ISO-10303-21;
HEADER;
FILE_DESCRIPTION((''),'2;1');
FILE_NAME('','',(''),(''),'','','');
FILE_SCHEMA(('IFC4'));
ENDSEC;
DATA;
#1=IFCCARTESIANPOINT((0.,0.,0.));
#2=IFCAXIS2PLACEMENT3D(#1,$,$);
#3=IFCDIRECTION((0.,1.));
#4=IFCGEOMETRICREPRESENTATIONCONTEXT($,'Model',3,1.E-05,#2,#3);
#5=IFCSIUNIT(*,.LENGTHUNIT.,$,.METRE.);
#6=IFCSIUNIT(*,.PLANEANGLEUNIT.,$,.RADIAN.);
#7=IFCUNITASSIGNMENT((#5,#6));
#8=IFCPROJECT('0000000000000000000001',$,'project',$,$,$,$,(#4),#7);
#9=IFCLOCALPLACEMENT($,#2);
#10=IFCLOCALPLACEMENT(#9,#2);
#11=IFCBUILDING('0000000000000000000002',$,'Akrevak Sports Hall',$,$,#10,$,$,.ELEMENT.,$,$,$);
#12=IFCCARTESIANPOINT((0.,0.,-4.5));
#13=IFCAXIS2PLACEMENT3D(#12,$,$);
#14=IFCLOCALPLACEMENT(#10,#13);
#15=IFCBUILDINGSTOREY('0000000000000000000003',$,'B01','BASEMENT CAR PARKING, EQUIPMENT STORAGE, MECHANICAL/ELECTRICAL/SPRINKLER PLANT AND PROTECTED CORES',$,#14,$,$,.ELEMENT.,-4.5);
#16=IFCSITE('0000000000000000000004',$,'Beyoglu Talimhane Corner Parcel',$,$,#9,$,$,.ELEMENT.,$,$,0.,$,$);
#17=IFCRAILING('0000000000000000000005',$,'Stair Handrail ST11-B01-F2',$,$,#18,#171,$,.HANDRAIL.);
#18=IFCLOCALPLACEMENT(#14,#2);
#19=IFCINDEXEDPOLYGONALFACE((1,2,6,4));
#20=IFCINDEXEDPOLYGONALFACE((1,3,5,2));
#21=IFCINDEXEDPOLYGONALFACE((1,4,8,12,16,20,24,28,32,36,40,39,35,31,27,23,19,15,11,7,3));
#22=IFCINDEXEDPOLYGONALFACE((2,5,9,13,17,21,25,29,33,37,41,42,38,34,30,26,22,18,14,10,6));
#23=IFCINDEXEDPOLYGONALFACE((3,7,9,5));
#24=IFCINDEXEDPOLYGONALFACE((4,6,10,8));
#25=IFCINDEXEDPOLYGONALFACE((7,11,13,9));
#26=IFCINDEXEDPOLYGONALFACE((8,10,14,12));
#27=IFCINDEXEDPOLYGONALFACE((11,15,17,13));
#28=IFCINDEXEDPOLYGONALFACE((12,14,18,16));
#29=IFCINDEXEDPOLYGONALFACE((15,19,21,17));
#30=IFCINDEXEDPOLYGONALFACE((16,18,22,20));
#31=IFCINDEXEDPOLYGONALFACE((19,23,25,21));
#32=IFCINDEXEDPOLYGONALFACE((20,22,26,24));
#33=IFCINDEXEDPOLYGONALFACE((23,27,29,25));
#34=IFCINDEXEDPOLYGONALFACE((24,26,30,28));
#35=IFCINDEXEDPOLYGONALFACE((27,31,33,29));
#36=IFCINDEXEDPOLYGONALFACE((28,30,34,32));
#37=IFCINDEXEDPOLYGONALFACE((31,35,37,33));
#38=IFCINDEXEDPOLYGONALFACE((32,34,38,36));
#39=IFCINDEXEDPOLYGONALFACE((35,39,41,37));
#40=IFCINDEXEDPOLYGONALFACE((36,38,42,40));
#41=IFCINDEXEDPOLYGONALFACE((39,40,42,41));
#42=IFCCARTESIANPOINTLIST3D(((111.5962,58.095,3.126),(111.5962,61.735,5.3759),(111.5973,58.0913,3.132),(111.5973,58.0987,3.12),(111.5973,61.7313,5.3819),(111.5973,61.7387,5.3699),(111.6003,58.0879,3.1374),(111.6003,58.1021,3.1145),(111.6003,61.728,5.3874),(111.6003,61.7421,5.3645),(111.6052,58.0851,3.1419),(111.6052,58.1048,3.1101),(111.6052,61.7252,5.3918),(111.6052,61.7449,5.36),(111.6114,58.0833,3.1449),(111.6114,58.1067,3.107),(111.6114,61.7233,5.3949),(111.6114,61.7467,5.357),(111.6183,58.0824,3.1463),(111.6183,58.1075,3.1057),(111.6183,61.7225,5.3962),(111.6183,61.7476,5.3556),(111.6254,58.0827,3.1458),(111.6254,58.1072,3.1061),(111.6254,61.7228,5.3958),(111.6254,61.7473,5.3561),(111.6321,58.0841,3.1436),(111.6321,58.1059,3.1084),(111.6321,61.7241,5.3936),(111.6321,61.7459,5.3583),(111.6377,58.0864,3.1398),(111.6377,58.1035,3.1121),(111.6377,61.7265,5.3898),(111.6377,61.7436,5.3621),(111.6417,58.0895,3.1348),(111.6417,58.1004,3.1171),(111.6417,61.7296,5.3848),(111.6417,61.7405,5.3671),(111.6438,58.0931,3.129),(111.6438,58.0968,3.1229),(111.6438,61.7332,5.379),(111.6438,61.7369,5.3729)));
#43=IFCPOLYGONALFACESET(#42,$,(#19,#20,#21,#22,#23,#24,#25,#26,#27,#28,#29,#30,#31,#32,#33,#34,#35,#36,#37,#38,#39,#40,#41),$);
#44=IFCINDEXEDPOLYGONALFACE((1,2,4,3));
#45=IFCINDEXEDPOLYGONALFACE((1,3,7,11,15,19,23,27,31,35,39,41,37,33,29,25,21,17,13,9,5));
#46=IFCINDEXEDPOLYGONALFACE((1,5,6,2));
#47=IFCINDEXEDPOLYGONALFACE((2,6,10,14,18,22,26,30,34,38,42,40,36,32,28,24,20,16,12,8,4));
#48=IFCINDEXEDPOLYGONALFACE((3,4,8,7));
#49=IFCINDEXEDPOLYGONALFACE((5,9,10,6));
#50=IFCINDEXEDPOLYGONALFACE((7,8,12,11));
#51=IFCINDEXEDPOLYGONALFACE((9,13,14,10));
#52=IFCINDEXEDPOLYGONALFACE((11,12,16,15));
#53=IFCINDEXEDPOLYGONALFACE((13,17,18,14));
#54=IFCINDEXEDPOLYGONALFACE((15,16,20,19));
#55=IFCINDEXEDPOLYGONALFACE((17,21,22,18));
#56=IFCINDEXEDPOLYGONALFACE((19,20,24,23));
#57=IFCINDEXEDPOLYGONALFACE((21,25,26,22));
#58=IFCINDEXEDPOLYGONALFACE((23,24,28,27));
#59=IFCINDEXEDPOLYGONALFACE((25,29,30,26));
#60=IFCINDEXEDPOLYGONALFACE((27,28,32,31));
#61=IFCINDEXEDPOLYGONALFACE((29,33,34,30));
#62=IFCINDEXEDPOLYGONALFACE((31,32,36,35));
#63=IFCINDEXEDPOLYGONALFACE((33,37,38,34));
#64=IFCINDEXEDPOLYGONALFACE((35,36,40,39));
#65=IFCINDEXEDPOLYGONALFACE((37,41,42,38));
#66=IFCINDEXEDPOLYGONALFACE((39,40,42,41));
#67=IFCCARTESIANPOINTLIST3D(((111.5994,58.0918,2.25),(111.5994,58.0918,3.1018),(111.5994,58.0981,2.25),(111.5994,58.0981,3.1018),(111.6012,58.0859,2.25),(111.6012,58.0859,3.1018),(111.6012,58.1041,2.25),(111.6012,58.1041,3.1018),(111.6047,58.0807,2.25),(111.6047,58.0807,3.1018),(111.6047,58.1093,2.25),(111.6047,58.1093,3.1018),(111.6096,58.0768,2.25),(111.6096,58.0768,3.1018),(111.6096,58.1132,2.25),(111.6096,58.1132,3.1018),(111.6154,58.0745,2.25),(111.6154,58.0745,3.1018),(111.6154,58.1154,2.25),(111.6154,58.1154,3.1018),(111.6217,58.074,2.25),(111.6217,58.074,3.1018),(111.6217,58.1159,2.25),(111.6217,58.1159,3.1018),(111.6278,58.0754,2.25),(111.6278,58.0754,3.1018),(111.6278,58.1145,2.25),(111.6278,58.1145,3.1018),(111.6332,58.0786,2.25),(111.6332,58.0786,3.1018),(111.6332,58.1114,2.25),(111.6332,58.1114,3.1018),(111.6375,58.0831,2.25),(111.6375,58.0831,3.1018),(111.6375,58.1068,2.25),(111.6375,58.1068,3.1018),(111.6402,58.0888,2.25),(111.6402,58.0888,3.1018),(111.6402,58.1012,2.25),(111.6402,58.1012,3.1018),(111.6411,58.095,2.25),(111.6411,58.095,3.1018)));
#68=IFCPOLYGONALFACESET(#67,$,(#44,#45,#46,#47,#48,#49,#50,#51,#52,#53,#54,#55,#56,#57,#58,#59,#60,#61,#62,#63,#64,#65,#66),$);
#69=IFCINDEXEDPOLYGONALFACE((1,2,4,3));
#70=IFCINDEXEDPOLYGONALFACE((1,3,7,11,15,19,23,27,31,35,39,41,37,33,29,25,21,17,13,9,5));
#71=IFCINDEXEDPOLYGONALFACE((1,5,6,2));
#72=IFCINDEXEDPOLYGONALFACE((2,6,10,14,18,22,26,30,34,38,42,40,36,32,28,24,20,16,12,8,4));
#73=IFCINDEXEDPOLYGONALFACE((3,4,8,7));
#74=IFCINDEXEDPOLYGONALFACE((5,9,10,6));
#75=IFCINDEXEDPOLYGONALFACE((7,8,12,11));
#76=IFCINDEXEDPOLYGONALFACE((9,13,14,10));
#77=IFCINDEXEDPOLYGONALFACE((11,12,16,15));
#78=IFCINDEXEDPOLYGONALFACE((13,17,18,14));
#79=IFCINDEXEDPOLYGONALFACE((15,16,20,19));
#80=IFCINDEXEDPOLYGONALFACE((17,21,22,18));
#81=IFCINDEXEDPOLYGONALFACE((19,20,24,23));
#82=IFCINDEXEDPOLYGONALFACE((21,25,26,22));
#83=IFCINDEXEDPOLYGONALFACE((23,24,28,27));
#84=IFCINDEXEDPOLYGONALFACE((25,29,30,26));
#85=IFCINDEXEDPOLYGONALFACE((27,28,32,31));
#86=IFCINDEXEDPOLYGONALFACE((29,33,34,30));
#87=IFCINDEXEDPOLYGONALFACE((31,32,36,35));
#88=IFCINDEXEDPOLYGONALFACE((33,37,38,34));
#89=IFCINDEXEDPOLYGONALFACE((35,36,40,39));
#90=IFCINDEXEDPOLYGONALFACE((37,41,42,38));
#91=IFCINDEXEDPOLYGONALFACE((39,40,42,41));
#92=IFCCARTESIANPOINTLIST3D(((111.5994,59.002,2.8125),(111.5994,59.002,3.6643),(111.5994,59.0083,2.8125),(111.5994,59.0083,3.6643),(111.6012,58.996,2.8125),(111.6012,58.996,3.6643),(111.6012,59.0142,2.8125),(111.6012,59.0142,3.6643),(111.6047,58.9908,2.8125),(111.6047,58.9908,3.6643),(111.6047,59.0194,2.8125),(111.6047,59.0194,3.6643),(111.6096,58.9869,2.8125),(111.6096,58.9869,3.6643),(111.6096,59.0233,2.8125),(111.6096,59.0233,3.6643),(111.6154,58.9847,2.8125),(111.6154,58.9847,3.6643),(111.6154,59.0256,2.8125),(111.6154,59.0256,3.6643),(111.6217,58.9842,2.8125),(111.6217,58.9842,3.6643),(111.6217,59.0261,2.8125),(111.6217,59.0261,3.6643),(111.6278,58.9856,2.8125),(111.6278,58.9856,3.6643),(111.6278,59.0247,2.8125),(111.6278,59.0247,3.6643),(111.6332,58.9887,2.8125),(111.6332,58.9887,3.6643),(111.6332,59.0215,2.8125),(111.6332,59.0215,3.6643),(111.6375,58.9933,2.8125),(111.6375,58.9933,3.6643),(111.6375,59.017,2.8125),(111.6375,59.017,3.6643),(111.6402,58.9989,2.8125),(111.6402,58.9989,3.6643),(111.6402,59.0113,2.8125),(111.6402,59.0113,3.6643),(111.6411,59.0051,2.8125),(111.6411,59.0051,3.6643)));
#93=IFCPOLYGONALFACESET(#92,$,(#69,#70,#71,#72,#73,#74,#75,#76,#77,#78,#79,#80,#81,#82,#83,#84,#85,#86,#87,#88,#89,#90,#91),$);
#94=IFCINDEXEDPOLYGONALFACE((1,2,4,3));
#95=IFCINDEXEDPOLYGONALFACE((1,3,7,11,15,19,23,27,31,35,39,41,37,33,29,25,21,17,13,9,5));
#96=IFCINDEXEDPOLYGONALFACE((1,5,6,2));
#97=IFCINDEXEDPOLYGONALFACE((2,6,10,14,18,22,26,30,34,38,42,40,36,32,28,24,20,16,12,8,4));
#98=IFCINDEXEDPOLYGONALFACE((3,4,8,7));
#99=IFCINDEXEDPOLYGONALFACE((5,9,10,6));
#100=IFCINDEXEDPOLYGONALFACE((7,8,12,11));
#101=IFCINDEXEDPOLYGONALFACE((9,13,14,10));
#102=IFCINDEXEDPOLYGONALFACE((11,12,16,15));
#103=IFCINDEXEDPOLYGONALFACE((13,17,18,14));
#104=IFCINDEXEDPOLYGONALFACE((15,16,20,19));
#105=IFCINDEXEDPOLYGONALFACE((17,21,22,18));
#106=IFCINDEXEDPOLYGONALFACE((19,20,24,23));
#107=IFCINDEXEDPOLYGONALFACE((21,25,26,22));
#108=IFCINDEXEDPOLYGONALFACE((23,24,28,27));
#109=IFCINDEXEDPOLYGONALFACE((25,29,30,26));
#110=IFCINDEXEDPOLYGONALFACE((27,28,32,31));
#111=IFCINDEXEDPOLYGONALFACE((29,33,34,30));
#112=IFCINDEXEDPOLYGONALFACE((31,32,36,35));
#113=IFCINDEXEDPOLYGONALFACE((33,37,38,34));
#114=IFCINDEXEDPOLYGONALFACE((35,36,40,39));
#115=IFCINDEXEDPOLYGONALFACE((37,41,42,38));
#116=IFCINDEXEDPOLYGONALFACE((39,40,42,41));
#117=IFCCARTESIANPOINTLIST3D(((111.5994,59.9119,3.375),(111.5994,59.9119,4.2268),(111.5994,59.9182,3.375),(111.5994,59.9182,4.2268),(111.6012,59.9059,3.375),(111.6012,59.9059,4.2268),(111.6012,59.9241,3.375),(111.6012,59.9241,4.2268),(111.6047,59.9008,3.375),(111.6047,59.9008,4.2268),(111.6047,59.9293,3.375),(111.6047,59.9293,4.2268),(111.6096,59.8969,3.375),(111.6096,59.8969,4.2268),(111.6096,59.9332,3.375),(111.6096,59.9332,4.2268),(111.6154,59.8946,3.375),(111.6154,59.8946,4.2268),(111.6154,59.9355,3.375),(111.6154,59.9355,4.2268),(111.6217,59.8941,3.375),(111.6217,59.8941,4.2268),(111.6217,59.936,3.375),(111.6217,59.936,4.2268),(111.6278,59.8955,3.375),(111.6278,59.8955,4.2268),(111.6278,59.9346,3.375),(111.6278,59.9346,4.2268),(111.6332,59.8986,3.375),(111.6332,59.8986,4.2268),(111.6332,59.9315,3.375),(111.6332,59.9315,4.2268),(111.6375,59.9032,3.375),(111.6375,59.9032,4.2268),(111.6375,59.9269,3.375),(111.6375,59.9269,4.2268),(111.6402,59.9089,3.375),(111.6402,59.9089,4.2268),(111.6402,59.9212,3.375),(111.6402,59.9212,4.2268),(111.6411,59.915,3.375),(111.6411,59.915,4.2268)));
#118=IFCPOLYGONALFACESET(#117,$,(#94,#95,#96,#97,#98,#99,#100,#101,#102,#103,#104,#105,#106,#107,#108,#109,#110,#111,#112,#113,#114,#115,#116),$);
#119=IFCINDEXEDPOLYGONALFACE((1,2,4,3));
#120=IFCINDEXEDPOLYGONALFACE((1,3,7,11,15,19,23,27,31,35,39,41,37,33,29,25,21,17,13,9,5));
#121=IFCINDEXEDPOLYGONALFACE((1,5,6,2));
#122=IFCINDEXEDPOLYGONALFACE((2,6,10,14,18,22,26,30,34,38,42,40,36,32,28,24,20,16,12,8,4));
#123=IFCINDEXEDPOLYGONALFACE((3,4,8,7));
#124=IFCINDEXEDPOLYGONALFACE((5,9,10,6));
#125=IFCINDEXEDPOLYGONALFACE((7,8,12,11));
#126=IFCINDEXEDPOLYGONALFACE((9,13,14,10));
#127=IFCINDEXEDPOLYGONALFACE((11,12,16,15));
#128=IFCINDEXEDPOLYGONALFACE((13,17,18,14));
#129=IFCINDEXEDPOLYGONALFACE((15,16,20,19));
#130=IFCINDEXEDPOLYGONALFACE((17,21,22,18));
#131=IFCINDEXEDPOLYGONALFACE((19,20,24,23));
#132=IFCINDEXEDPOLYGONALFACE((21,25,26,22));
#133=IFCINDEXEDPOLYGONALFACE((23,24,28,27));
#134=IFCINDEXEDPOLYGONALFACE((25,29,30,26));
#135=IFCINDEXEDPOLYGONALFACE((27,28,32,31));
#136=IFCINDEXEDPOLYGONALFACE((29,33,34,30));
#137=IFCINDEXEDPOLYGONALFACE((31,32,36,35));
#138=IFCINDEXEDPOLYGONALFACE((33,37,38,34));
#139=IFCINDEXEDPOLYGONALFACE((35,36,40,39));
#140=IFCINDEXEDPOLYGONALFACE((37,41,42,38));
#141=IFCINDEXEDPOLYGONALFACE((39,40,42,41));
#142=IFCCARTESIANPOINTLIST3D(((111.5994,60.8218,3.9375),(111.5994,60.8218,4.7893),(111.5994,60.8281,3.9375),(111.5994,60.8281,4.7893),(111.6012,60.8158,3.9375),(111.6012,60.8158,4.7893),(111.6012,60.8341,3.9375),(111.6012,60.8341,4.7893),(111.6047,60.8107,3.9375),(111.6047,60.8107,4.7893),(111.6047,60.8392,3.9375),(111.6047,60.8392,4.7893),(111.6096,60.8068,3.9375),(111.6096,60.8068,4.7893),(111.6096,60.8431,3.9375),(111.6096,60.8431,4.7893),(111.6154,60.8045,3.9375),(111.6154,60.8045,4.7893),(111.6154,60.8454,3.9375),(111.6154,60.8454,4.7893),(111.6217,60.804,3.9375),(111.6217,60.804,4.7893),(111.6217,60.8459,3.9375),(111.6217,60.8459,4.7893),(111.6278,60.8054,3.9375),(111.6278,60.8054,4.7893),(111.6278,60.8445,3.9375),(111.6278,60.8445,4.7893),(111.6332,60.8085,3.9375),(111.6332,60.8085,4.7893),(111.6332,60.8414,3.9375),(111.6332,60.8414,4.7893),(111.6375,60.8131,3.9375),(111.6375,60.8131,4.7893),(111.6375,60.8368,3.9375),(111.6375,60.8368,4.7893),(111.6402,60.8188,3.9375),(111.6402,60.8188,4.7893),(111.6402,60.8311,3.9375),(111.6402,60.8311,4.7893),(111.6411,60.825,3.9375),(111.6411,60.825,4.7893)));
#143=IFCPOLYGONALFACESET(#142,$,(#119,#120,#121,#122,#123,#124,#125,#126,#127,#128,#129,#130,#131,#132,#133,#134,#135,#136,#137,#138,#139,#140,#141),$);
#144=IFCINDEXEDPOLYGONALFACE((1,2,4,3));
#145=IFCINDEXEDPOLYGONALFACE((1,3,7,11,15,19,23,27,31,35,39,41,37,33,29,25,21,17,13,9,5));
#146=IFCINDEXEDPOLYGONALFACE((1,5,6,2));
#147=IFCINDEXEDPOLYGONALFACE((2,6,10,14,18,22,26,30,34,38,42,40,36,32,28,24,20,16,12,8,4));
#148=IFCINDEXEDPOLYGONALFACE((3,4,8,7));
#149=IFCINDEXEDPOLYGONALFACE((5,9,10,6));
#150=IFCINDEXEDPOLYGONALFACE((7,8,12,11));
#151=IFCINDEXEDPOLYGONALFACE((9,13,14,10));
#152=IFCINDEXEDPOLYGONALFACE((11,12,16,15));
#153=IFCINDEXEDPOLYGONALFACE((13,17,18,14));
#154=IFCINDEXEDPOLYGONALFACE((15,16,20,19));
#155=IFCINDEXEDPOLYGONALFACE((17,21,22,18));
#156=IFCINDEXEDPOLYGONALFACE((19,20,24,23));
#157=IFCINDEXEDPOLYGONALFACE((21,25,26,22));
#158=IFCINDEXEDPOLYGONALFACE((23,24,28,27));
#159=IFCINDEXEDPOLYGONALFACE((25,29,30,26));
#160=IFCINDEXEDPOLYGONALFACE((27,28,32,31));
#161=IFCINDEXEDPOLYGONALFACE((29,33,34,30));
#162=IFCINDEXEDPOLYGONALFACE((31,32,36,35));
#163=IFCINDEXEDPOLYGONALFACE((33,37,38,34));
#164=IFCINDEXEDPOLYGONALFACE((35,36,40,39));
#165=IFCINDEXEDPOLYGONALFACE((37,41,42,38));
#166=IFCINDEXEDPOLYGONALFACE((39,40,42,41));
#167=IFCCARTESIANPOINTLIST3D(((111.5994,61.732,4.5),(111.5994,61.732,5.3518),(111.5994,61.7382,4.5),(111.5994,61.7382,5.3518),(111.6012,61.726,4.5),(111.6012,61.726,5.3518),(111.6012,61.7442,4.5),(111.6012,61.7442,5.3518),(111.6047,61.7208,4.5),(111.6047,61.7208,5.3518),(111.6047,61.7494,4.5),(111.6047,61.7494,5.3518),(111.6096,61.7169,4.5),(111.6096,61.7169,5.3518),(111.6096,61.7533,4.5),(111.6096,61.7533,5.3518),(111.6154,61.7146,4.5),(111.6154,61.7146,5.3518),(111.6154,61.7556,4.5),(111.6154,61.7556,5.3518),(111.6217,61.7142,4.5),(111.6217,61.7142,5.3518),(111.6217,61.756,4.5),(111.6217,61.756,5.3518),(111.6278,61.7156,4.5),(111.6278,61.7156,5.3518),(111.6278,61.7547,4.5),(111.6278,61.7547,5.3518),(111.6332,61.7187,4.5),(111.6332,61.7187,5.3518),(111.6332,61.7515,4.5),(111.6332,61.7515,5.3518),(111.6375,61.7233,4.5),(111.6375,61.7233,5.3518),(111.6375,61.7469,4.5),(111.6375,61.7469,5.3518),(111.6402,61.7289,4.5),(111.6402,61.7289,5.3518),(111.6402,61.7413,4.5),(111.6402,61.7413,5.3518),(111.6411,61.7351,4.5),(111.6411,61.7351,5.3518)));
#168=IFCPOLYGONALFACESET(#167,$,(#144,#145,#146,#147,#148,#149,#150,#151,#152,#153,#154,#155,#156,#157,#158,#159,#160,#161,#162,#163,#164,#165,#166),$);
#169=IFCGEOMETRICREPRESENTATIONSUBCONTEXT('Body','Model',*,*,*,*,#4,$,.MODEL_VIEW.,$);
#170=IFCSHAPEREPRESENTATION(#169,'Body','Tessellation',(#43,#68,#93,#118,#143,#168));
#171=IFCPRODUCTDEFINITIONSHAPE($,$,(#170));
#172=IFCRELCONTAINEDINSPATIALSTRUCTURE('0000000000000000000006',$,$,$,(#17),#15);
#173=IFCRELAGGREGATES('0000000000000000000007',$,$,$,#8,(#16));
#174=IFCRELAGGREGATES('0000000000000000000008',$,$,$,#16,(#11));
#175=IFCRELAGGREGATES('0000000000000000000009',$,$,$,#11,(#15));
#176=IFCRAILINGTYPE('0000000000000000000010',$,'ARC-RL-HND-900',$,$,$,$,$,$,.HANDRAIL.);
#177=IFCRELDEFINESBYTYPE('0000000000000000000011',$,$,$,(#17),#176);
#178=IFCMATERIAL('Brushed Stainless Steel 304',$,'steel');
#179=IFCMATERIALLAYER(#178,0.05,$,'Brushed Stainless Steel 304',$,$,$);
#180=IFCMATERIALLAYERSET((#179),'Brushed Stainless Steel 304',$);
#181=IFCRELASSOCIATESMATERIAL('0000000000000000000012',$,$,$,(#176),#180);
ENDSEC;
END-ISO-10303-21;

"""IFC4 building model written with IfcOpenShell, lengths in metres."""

from ifc_helpers import new_model, si_unit, direction, frame, origin, origin_2d, place, context, subcontext, project, spatial, circle, extrude, material, layer, layer_set, type_object, element, save


model = new_model("IFC4")

# Units and contexts
model_context = context("Model", 3, precision=1e-05, world=origin(), true_north=direction((0.0, 1.0)))
body_context = subcontext(model_context, "Body", "Model", "MODEL_VIEW")
ifc_project = project(units=[si_unit("LENGTHUNIT", "METRE"), si_unit("PLANEANGLEUNIT", "RADIAN")], contexts=[model_context])

# Site, building, storey
site_placement = place(None, origin())
site = spatial("IfcSite", under=ifc_project, at=site_placement, Name="Beyoglu Talimhane Corner Parcel", CompositionType="ELEMENT", RefElevation=0.0)
building_placement = place(site_placement, origin())
building = spatial("IfcBuilding", under=site, at=building_placement, Name="Akrevak Sports Hall", CompositionType="ELEMENT")
storey_placement = place(building_placement, frame((0.0, 0.0, -4.5)))
storey = spatial("IfcBuildingStorey", under=building, at=storey_placement, Name="B01", Description="BASEMENT CAR PARKING, EQUIPMENT STORAGE, MECHANICAL/ELECTRICAL/SPRINKLER PLANT AND PROTECTED CORES", CompositionType="ELEMENT", Elevation=-4.5)

# Railing
ifc_material_1 = material(Name="Brushed Stainless Steel 304", Category="steel")
ifc_layer_1 = layer(ifc_material_1, 0.05, Name="Brushed Stainless Steel 304")
ifc_layer_set_1 = layer_set([ifc_layer_1], Name="Brushed Stainless Steel 304")
railing_type_1 = type_object("IfcRailingType", Name="ARC-RL-HND-900", PredefinedType="HANDRAIL", material=ifc_layer_set_1)
railing_1_placement = place(storey_placement, frame((111.6201, 58.095, 2.25)))
element("IfcRailing", 1, at=railing_1_placement, inside=storey, type_object=railing_type_1, Name="Stair Handrail ST11-B01-F2", PredefinedType="HANDRAIL", context=body_context, shape_type="SweptSolid", body=[
    extrude(circle(Radius=0.0239, at=origin_2d()), frame((0.0, 0.0, 0.876), z_axis=(0.0, 0.850622, 0.525777), x_axis=(-1.0, 0.0, 0.0)), (0.0, 0.0, 1.0), 4.2793),
    extrude(circle(Radius=0.021, at=origin_2d()), origin(), (0.0, 0.0, 1.0), 0.8518),
    extrude(circle(Radius=0.021, at=origin_2d()), frame((0.0, 0.9102, 0.5625)), (0.0, 0.0, 1.0), 0.8518),
    extrude(circle(Radius=0.021, at=origin_2d()), frame((0.0, 1.8201, 1.125)), (0.0, 0.0, 1.0), 0.8518),
    extrude(circle(Radius=0.021, at=origin_2d()), frame((0.0, 2.73, 1.6875)), (0.0, 0.0, 1.0), 0.8518),
    extrude(circle(Radius=0.021, at=origin_2d()), frame((0.0, 3.6401, 2.25)), (0.0, 0.0, 1.0), 0.8518),
])

save(model, "model.ifc")
